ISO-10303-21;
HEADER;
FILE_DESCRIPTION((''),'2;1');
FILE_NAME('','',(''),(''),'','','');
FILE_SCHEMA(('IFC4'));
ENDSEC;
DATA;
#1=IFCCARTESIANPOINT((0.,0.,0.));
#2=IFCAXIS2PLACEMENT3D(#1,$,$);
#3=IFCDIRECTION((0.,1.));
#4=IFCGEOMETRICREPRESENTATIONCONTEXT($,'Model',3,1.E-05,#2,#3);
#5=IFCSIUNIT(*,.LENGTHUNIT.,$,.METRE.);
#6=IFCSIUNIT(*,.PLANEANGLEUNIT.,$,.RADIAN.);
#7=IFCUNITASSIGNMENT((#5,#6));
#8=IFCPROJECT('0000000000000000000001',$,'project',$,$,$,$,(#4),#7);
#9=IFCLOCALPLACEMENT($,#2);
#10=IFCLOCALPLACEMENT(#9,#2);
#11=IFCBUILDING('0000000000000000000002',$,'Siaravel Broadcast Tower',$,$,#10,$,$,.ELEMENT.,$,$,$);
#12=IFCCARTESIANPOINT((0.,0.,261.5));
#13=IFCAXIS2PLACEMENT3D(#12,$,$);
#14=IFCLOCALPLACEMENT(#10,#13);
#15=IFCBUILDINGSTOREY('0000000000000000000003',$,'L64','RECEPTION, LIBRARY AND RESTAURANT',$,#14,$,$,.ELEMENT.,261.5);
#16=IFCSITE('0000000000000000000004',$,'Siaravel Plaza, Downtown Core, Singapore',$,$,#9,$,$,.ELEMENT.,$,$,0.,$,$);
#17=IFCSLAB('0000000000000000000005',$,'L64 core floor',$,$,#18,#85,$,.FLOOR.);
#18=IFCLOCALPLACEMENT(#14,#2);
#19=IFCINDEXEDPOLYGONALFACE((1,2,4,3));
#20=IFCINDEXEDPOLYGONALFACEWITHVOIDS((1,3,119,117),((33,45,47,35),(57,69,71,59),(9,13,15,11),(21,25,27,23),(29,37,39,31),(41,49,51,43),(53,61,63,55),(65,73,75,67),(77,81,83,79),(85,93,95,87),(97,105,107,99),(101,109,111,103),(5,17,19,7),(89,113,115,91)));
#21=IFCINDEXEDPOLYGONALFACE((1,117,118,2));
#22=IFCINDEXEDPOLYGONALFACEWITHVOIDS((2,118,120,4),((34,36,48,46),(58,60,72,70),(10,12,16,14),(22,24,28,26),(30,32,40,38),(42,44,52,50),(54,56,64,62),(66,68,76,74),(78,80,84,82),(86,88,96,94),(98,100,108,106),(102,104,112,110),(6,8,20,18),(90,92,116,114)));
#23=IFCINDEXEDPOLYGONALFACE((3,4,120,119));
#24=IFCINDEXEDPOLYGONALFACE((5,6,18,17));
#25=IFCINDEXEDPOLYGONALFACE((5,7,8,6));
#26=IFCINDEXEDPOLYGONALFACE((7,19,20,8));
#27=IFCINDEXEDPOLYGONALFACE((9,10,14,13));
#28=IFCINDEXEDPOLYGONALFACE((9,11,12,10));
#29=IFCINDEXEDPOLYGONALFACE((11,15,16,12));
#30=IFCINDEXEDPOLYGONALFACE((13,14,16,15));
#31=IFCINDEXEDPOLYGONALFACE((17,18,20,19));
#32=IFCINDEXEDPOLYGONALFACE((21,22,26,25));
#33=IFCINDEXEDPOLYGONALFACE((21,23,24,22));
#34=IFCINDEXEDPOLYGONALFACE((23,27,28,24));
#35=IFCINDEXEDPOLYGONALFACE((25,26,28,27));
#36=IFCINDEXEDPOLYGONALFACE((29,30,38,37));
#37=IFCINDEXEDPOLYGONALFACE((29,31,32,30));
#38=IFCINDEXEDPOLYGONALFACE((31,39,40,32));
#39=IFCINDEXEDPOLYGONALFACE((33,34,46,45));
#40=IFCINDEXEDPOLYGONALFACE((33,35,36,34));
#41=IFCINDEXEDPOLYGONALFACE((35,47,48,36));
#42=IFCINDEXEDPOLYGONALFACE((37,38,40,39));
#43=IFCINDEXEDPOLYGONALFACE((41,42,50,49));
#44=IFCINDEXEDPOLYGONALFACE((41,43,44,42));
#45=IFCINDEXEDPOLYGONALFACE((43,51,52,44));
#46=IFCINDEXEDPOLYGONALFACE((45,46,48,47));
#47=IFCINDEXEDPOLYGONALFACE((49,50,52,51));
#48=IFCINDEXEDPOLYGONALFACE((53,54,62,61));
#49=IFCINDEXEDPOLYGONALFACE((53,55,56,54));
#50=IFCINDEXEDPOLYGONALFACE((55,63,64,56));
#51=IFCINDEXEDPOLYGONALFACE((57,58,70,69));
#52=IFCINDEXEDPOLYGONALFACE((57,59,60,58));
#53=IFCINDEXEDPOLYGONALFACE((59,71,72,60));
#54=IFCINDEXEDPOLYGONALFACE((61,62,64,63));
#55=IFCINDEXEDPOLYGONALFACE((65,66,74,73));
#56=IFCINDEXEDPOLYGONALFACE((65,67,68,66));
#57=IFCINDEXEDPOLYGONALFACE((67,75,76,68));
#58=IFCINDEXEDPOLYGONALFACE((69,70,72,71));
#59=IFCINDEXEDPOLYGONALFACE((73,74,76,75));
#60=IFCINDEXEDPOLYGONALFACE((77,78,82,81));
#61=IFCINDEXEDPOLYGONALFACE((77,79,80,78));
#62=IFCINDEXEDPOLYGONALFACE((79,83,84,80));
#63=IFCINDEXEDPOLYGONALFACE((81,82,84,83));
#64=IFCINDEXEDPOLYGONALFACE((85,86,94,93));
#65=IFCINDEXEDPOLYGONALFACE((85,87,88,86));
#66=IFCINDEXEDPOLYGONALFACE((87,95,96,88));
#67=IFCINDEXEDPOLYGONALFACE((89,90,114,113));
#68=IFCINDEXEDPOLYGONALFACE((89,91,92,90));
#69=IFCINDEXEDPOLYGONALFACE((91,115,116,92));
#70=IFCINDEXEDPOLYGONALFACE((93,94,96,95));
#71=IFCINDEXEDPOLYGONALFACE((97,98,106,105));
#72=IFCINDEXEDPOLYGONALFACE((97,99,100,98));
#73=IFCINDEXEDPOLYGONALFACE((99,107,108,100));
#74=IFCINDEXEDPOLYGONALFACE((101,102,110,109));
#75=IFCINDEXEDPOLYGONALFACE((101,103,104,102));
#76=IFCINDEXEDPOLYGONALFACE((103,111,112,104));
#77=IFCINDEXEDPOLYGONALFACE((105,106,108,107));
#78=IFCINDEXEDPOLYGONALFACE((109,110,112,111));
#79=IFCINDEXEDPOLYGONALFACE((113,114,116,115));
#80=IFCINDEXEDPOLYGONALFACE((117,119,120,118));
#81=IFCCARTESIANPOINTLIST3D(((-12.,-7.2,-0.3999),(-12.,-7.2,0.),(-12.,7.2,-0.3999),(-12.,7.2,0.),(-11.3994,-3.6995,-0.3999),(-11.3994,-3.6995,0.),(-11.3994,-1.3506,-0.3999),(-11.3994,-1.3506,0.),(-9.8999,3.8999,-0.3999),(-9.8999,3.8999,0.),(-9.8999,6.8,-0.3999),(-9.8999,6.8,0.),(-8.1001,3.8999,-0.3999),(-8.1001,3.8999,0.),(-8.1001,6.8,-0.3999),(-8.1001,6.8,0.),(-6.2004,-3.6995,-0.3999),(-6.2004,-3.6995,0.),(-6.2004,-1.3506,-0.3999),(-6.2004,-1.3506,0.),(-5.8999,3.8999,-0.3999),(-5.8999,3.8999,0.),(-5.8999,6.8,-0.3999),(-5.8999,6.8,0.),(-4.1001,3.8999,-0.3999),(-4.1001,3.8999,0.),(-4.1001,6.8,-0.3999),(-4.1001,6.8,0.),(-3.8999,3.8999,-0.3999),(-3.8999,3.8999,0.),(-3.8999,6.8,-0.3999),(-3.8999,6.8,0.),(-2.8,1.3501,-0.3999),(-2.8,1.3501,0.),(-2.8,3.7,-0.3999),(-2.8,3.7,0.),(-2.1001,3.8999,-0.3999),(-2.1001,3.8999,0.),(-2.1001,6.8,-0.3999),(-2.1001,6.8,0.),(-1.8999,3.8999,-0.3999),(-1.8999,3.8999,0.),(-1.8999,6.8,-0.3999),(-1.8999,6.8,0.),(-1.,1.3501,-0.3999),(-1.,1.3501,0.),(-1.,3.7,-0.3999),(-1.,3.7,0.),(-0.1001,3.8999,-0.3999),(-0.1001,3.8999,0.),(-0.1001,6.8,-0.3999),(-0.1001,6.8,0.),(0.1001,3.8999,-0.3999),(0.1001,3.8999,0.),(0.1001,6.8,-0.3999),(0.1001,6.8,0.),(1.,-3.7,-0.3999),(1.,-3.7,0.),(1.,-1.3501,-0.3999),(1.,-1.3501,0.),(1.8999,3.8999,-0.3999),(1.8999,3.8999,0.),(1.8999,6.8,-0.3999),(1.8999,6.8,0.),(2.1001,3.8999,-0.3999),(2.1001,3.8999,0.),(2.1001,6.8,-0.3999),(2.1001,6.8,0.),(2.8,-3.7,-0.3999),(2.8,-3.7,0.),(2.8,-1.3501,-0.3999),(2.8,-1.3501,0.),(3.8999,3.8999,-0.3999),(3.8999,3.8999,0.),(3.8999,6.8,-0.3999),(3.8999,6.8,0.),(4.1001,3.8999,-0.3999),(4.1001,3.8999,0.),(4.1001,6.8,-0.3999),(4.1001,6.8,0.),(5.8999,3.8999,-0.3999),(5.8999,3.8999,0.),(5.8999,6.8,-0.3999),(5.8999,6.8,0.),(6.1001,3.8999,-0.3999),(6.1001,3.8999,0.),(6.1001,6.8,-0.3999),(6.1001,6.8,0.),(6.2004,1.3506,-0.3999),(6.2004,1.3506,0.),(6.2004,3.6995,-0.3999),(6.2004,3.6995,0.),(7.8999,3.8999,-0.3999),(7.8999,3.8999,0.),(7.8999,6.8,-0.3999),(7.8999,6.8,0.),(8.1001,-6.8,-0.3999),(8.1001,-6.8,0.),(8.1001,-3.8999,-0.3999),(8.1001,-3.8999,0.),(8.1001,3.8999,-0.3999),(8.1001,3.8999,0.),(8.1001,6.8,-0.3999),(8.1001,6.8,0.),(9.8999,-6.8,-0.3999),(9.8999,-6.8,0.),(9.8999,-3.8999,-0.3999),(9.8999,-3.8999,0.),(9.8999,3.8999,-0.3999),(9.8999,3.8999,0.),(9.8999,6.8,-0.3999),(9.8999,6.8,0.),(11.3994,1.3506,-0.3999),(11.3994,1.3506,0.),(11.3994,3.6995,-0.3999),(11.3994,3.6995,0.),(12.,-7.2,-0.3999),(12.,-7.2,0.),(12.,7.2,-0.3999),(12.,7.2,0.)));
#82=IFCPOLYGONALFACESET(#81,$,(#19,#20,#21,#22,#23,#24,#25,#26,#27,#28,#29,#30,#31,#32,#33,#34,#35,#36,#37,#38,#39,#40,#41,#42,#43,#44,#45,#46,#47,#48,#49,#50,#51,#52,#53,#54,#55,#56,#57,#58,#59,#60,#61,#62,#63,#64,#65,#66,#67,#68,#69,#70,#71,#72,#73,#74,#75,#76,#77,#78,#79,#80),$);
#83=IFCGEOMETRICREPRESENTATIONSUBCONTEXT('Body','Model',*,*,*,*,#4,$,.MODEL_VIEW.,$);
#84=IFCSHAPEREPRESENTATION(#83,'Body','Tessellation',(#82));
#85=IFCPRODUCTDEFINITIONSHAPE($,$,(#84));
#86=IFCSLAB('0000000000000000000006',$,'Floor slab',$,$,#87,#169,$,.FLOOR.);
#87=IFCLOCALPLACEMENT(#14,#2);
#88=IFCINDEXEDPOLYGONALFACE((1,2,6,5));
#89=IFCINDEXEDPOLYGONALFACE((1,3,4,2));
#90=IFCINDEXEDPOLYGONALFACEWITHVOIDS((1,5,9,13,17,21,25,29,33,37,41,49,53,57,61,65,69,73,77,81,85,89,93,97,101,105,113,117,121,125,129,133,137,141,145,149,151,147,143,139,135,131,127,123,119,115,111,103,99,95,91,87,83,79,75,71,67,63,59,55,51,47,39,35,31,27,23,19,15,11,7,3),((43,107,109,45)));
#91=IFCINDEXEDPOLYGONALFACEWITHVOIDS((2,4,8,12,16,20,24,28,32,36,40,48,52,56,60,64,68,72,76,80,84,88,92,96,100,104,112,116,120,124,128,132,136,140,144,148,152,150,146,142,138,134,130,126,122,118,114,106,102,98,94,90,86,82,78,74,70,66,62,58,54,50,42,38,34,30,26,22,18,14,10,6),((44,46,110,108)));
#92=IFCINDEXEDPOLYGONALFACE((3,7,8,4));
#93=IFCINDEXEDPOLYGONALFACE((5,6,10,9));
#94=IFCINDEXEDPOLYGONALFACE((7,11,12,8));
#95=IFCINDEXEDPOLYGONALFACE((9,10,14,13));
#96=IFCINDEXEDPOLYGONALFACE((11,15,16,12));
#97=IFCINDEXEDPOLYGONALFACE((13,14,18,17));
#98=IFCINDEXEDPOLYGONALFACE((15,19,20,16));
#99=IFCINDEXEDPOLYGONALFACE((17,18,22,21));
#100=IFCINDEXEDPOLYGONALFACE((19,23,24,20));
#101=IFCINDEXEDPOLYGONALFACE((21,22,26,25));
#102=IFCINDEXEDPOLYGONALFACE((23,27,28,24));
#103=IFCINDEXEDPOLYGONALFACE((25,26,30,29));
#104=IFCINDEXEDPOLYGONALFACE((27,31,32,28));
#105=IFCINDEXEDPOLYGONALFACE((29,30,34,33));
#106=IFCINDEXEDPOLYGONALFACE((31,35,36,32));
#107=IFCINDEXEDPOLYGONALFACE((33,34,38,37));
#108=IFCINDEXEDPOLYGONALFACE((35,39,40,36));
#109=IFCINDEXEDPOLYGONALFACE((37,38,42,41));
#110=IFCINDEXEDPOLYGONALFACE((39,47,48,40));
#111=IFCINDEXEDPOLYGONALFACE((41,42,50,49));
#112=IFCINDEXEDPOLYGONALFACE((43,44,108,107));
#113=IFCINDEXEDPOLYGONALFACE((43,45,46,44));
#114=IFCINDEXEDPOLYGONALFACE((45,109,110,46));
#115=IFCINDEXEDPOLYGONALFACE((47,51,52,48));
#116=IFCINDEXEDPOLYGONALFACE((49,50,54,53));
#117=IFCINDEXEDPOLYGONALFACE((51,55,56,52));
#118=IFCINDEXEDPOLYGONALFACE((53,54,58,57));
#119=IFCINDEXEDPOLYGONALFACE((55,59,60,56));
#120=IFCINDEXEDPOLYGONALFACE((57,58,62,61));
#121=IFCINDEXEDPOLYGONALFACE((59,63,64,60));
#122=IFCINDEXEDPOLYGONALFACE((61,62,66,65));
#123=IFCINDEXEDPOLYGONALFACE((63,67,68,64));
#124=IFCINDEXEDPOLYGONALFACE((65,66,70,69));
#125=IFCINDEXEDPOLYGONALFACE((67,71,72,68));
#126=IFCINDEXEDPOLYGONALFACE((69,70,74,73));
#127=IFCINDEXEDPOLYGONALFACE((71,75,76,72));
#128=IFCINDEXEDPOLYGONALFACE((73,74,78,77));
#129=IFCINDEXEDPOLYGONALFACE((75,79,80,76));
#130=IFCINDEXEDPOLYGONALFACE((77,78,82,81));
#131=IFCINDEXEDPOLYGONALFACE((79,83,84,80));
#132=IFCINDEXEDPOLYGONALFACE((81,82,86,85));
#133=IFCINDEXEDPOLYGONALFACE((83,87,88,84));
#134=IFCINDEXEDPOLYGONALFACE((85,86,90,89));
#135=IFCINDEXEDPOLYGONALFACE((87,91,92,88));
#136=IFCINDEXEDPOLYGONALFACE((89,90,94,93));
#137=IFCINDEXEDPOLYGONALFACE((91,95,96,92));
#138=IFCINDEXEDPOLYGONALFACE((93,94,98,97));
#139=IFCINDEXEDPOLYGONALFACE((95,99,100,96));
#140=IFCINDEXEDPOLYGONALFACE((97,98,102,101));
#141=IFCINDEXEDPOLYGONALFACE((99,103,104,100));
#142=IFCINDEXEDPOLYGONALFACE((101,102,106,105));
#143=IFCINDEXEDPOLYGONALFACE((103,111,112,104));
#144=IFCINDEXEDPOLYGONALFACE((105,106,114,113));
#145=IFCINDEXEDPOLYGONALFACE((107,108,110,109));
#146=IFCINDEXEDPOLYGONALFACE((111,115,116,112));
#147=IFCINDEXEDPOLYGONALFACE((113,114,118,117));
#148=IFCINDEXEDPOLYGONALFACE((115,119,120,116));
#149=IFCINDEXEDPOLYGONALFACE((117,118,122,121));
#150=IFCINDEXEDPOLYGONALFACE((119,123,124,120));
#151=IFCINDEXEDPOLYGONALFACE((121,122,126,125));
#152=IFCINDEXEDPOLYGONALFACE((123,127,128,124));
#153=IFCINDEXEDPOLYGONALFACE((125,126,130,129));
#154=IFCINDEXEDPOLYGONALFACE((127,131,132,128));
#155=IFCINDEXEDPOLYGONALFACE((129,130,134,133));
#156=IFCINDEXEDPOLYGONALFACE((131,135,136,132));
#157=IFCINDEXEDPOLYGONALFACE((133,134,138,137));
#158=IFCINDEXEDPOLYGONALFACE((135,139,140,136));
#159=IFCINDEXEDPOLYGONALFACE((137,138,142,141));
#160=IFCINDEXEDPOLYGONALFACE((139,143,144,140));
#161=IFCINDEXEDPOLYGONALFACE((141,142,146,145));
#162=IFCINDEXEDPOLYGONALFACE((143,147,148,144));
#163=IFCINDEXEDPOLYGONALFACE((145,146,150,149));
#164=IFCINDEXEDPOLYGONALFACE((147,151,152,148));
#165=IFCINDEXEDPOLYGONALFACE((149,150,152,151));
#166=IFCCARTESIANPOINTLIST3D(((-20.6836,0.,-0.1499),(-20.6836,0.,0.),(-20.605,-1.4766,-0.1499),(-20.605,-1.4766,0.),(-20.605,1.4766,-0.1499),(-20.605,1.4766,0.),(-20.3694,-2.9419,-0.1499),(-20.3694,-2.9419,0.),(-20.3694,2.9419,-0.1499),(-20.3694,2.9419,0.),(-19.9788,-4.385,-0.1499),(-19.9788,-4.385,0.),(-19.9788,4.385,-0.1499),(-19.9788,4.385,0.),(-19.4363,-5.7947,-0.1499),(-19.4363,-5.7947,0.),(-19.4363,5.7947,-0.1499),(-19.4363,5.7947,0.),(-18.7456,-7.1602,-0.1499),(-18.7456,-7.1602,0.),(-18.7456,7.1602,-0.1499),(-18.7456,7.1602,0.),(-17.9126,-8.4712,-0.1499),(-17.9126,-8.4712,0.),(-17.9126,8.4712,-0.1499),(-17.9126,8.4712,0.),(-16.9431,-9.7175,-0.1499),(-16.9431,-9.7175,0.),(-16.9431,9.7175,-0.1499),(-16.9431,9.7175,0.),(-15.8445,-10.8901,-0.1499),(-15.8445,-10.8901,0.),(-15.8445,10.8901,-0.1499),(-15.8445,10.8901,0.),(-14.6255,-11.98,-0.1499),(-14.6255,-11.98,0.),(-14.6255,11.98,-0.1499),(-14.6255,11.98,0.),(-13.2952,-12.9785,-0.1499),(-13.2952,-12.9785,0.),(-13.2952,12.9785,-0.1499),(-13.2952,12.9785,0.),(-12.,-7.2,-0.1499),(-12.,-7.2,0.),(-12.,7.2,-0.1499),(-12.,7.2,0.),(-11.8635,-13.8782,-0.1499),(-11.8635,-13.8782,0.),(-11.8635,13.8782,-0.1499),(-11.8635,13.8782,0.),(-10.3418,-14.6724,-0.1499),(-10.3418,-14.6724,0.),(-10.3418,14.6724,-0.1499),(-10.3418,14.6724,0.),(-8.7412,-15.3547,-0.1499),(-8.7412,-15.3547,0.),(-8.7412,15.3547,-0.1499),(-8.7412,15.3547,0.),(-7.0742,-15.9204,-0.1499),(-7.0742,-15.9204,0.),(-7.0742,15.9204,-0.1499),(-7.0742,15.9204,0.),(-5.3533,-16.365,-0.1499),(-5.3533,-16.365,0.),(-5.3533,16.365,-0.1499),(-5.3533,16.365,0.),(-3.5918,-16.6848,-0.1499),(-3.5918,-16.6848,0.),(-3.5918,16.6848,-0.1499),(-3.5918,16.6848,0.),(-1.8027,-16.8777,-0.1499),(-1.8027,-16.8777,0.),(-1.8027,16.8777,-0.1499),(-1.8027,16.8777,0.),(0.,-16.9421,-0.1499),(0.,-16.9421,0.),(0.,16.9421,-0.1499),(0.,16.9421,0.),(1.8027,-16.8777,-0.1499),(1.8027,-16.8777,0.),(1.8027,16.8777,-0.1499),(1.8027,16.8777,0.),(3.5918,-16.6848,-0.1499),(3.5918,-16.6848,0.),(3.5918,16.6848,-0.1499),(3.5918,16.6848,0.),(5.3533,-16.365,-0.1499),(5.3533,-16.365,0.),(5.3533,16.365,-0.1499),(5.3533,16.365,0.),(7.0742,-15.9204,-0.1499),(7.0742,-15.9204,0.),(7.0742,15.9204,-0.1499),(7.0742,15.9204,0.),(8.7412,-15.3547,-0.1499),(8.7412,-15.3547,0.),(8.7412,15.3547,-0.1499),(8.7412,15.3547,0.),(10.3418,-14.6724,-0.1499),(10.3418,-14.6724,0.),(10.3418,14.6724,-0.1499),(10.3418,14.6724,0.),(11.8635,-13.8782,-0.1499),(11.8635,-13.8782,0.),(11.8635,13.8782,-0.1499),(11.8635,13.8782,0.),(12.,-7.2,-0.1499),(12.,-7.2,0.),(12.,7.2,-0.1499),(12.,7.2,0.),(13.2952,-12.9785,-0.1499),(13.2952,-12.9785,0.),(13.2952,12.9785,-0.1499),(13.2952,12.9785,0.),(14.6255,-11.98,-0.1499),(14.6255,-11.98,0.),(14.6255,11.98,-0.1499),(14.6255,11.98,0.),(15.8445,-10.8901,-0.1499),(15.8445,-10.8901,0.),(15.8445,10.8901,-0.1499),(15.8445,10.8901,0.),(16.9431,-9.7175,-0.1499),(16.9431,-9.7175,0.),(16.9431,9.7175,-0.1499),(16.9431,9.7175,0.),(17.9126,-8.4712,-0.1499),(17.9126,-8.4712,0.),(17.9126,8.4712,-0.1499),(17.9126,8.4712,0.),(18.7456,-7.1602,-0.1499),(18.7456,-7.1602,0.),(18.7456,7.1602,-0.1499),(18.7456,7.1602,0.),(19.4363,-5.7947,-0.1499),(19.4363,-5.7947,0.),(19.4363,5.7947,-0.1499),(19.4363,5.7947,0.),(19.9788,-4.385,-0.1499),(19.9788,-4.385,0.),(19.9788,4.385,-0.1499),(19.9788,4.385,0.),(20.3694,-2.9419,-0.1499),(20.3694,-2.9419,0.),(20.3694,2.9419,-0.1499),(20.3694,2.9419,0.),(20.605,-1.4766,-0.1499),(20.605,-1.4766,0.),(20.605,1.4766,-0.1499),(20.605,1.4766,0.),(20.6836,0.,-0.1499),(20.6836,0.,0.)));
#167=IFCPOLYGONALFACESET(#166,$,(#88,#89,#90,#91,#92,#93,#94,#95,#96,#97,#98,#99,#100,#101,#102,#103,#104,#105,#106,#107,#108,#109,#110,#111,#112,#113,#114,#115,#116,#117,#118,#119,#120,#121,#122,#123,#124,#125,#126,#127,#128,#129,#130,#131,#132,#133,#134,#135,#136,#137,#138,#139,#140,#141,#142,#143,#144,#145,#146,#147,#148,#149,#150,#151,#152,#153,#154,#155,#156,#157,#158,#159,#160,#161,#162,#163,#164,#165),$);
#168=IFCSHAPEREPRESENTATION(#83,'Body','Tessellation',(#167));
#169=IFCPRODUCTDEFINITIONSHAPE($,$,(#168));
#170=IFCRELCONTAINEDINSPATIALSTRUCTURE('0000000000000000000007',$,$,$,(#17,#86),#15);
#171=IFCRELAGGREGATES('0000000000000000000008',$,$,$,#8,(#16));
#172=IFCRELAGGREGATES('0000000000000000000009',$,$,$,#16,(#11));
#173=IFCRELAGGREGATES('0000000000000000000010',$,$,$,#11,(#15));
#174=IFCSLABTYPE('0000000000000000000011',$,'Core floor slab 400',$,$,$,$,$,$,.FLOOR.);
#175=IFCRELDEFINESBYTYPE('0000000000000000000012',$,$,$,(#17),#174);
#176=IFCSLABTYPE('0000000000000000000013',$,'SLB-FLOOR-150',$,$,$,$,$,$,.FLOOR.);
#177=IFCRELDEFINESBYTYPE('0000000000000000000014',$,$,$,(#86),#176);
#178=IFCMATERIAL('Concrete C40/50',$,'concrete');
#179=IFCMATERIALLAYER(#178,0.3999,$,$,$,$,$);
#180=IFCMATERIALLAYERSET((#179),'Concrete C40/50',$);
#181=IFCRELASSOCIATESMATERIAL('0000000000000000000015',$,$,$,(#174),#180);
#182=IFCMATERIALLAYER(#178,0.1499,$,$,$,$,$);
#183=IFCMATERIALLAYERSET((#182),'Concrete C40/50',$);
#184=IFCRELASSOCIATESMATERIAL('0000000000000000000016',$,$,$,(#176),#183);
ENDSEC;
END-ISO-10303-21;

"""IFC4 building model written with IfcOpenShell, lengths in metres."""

from ifc_helpers import new_model, si_unit, direction, frame, origin, place, context, subcontext, project, spatial, polyline, outline, extrude, material, layer, layer_set, type_object, element, save


model = new_model("IFC4")

# Units and contexts
model_context = context("Model", 3, precision=1e-05, world=origin(), true_north=direction((0.0, 1.0)))
body_context = subcontext(model_context, "Body", "Model", "MODEL_VIEW")
ifc_project = project(units=[si_unit("LENGTHUNIT", "METRE"), si_unit("PLANEANGLEUNIT", "RADIAN")], contexts=[model_context])

# Site, building, storey
site_placement = place(None, origin())
site = spatial("IfcSite", under=ifc_project, at=site_placement, Name="Siaravel Plaza, Downtown Core, Singapore", CompositionType="ELEMENT", RefElevation=0.0)
building_placement = place(site_placement, origin())
building = spatial("IfcBuilding", under=site, at=building_placement, Name="Siaravel Broadcast Tower", CompositionType="ELEMENT")
storey_placement = place(building_placement, frame((0.0, 0.0, 261.5)))
storey = spatial("IfcBuildingStorey", under=building, at=storey_placement, Name="L64", Description="RECEPTION, LIBRARY AND RESTAURANT", CompositionType="ELEMENT", Elevation=261.5)

# Slabs
ifc_material_1 = material(Name="Concrete C40/50", Category="concrete")
ifc_layer_1 = layer(ifc_material_1, 0.3999)
ifc_layer_set_1 = layer_set([ifc_layer_1], Name="Concrete C40/50")
slab_type_1 = type_object("IfcSlabType", Name="Core floor slab 400", PredefinedType="FLOOR", material=ifc_layer_set_1)
slab_1_placement = place(storey_placement, frame((0.0, 0.0, -0.3999)))
element("IfcSlab", 1, at=slab_1_placement, inside=storey, type_object=slab_type_1, Name="L64 core floor", PredefinedType="FLOOR", context=body_context, shape_type="SweptSolid", body=[
    extrude(outline(polyline([(-12.0, -7.2), (-12.0, 7.2), (12.0, 7.2), (12.0, -7.2), (-12.0, -7.2)]), holes=[polyline([(11.3994, 1.3506), (11.3994, 3.6995), (6.2004, 3.6995), (6.2004, 1.3506), (11.3994, 1.3506)]), polyline([(8.1001, -3.8999), (8.1001, -6.8), (9.8999, -6.8), (9.8999, -3.8999), (8.1001, -3.8999)]), polyline([(9.8999, 6.8), (8.1001, 6.8), (8.1001, 3.8999), (9.8999, 3.8999), (9.8999, 6.8)]), polyline([(7.8999, 6.8), (6.1001, 6.8), (6.1001, 3.8999), (7.8999, 3.8999), (7.8999, 6.8)]), polyline([(5.8999, 6.8), (4.1001, 6.8), (4.1001, 3.8999), (5.8999, 3.8999), (5.8999, 6.8)]), polyline([(3.8999, 6.8), (2.1001, 6.8), (2.1001, 3.8999), (3.8999, 3.8999), (3.8999, 6.8)]), polyline([(2.8, -1.3501), (1.0, -1.3501), (1.0, -3.7), (2.8, -3.7), (2.8, -1.3501)]), polyline([(1.8999, 6.8), (0.1001, 6.8), (0.1001, 3.8999), (1.8999, 3.8999), (1.8999, 6.8)]), polyline([(-0.1001, 6.8), (-1.8999, 6.8), (-1.8999, 3.8999), (-0.1001, 3.8999), (-0.1001, 6.8)]), polyline([(-1.0, 3.7), (-2.8, 3.7), (-2.8, 1.3501), (-1.0, 1.3501), (-1.0, 3.7)]), polyline([(-2.1001, 6.8), (-3.8999, 6.8), (-3.8999, 3.8999), (-2.1001, 3.8999), (-2.1001, 6.8)]), polyline([(-4.1001, 6.8), (-5.8999, 6.8), (-5.8999, 3.8999), (-4.1001, 3.8999), (-4.1001, 6.8)]), polyline([(-11.3994, -3.6995), (-6.2004, -3.6995), (-6.2004, -1.3506), (-11.3994, -1.3506), (-11.3994, -3.6995)]), polyline([(-8.1001, 6.8), (-9.8999, 6.8), (-9.8999, 3.8999), (-8.1001, 3.8999), (-8.1001, 6.8)])]), origin(), (0.0, 0.0, 1.0), 0.3999),
])
ifc_layer_2 = layer(ifc_material_1, 0.1499)
ifc_layer_set_2 = layer_set([ifc_layer_2], Name="Concrete C40/50")
slab_type_2 = type_object("IfcSlabType", Name="SLB-FLOOR-150", PredefinedType="FLOOR", material=ifc_layer_set_2)
slab_2_placement = place(storey_placement, frame((0.0, 0.0, -0.1499)))
element("IfcSlab", 2, at=slab_2_placement, inside=storey, type_object=slab_type_2, Name="Floor slab", PredefinedType="FLOOR", context=body_context, shape_type="SweptSolid", body=[
    extrude(outline(polyline([(20.6836, 0.0), (20.605, 1.4766), (20.3694, 2.9419), (19.9788, 4.385), (19.4363, 5.7947), (18.7456, 7.1602), (17.9126, 8.4712), (16.9431, 9.7175), (15.8445, 10.8901), (14.6255, 11.98), (13.2952, 12.9785), (11.8635, 13.8782), (10.3418, 14.6724), (8.7412, 15.3547), (7.0742, 15.9204), (5.3533, 16.365), (3.5918, 16.6848), (1.8027, 16.8777), (0.0, 16.9421), (-1.8027, 16.8777), (-3.5918, 16.6848), (-5.3533, 16.365), (-7.0742, 15.9204), (-8.7412, 15.3547), (-10.3418, 14.6724), (-11.8635, 13.8782), (-13.2952, 12.9785), (-14.6255, 11.98), (-15.8445, 10.8901), (-16.9431, 9.7175), (-17.9126, 8.4712), (-18.7456, 7.1602), (-19.4363, 5.7947), (-19.9788, 4.385), (-20.3694, 2.9419), (-20.605, 1.4766), (-20.6836, 0.0), (-20.605, -1.4766), (-20.3694, -2.9419), (-19.9788, -4.385), (-19.4363, -5.7947), (-18.7456, -7.1602), (-17.9126, -8.4712), (-16.9431, -9.7175), (-15.8445, -10.8901), (-14.6255, -11.98), (-13.2952, -12.9785), (-11.8635, -13.8782), (-10.3418, -14.6724), (-8.7412, -15.3547), (-7.0742, -15.9204), (-5.3533, -16.365), (-3.5918, -16.6848), (-1.8027, -16.8777), (0.0, -16.9421), (1.8027, -16.8777), (3.5918, -16.6848), (5.3533, -16.365), (7.0742, -15.9204), (8.7412, -15.3547), (10.3418, -14.6724), (11.8635, -13.8782), (13.2952, -12.9785), (14.6255, -11.98), (15.8445, -10.8901), (16.9431, -9.7175), (17.9126, -8.4712), (18.7456, -7.1602), (19.4363, -5.7947), (19.9788, -4.385), (20.3694, -2.9419), (20.605, -1.4766), (20.6836, 0.0)]), holes=[polyline([(-12.0, 7.2), (12.0, 7.2), (12.0, -7.2), (-12.0, -7.2), (-12.0, 7.2)])]), origin(), (0.0, 0.0, 1.0), 0.1499),
])

save(model, "model.ifc")
